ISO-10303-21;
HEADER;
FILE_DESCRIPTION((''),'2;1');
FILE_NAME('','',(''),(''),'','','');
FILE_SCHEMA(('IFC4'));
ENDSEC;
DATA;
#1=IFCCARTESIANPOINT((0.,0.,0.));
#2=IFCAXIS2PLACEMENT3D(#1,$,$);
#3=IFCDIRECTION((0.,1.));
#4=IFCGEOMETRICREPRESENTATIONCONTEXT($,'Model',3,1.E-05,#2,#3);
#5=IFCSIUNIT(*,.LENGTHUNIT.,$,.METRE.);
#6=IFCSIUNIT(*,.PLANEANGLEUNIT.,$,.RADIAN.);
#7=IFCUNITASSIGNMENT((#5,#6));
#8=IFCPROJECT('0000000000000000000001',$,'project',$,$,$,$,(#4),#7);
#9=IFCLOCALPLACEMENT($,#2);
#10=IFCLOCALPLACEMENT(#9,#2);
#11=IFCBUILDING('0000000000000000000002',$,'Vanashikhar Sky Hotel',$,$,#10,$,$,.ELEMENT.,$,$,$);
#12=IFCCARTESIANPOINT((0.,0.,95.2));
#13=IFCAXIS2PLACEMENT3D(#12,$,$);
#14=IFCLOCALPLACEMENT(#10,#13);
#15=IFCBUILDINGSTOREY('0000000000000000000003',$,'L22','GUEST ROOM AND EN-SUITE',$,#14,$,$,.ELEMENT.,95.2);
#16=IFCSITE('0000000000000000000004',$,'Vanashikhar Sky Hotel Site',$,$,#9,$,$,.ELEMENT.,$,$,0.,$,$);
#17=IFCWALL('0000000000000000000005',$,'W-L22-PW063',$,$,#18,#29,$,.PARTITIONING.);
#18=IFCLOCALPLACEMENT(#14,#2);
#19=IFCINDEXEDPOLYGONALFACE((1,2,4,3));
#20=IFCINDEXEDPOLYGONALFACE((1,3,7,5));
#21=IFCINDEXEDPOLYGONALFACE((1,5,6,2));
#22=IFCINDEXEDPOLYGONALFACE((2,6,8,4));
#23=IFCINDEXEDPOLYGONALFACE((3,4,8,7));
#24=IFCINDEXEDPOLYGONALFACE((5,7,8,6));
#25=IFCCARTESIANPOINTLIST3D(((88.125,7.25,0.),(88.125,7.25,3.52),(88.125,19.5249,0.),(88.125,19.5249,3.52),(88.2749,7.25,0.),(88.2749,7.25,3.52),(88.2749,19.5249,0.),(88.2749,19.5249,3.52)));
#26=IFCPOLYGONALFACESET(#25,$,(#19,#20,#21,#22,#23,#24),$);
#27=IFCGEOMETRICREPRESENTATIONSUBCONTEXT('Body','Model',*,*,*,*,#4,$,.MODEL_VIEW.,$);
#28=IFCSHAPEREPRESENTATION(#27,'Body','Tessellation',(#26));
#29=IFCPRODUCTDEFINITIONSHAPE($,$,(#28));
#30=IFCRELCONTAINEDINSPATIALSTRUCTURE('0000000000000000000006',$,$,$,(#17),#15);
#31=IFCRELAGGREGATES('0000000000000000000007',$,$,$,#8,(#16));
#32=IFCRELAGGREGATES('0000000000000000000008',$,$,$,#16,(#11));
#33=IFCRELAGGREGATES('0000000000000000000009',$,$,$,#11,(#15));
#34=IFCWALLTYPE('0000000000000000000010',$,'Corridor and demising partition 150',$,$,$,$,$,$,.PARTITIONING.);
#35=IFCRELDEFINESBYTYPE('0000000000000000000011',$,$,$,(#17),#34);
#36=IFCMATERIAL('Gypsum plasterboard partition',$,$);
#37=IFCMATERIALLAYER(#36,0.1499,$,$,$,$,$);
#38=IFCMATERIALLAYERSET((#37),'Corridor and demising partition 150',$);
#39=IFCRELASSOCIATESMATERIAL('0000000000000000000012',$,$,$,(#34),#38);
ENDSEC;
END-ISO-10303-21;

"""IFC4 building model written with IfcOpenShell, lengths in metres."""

from ifc_helpers import new_model, si_unit, direction, frame, frame_2d, origin, place, context, subcontext, project, spatial, rectangle, extrude, source, transform, mapped, material, layer, layer_set, type_object, element, save


model = new_model("IFC4")

# Units and contexts
model_context = context("Model", 3, precision=1e-05, world=origin(), true_north=direction((0.0, 1.0)))
body_context = subcontext(model_context, "Body", "Model", "MODEL_VIEW")
ifc_project = project(units=[si_unit("LENGTHUNIT", "METRE"), si_unit("PLANEANGLEUNIT", "RADIAN")], contexts=[model_context])

# Site, building, storey
site_placement = place(None, origin())
site = spatial("IfcSite", under=ifc_project, at=site_placement, Name="Vanashikhar Sky Hotel Site", CompositionType="ELEMENT", RefElevation=0.0)
building_placement = place(site_placement, origin())
building = spatial("IfcBuilding", under=site, at=building_placement, Name="Vanashikhar Sky Hotel", CompositionType="ELEMENT")
storey_placement = place(building_placement, frame((0.0, 0.0, 95.2)))
storey = spatial("IfcBuildingStorey", under=building, at=storey_placement, Name="L22", Description="GUEST ROOM AND EN-SUITE", CompositionType="ELEMENT", Elevation=95.2)

# Shared definitions
ifc_material_1 = material(Name="Gypsum plasterboard partition")

# Shared definitions
ifc_layer_1 = layer(ifc_material_1, 0.1499)
ifc_layer_set_1 = layer_set([ifc_layer_1], Name="Corridor and demising partition 150")
wall_type_1 = type_object("IfcWallType", Name="Corridor and demising partition 150", PredefinedType="PARTITIONING", material=ifc_layer_set_1)

# Wall
shared_shape_1 = source(origin(), body_context, "Body", "SweptSolid", [
    extrude(rectangle(XDim=12.2749, YDim=0.1499, at=frame_2d((6.1375, 0.0))), origin(), (0.0, 0.0, 1.0), 3.52),
])
wall_1_placement = place(storey_placement, frame((88.2, 7.25, 0.0), z_axis=(0.0, 0.0, 1.0), x_axis=(0.0, 1.0, 0.0)))
element("IfcWall", 1, at=wall_1_placement, inside=storey, type_object=wall_type_1, Name="W-L22-PW063", PredefinedType="PARTITIONING", context=body_context, shape_type="MappedRepresentation", body=[
    mapped(shared_shape_1, transform((0.0, 0.0, 0.0), scale=1.0)),
])

save(model, "model.ifc")
